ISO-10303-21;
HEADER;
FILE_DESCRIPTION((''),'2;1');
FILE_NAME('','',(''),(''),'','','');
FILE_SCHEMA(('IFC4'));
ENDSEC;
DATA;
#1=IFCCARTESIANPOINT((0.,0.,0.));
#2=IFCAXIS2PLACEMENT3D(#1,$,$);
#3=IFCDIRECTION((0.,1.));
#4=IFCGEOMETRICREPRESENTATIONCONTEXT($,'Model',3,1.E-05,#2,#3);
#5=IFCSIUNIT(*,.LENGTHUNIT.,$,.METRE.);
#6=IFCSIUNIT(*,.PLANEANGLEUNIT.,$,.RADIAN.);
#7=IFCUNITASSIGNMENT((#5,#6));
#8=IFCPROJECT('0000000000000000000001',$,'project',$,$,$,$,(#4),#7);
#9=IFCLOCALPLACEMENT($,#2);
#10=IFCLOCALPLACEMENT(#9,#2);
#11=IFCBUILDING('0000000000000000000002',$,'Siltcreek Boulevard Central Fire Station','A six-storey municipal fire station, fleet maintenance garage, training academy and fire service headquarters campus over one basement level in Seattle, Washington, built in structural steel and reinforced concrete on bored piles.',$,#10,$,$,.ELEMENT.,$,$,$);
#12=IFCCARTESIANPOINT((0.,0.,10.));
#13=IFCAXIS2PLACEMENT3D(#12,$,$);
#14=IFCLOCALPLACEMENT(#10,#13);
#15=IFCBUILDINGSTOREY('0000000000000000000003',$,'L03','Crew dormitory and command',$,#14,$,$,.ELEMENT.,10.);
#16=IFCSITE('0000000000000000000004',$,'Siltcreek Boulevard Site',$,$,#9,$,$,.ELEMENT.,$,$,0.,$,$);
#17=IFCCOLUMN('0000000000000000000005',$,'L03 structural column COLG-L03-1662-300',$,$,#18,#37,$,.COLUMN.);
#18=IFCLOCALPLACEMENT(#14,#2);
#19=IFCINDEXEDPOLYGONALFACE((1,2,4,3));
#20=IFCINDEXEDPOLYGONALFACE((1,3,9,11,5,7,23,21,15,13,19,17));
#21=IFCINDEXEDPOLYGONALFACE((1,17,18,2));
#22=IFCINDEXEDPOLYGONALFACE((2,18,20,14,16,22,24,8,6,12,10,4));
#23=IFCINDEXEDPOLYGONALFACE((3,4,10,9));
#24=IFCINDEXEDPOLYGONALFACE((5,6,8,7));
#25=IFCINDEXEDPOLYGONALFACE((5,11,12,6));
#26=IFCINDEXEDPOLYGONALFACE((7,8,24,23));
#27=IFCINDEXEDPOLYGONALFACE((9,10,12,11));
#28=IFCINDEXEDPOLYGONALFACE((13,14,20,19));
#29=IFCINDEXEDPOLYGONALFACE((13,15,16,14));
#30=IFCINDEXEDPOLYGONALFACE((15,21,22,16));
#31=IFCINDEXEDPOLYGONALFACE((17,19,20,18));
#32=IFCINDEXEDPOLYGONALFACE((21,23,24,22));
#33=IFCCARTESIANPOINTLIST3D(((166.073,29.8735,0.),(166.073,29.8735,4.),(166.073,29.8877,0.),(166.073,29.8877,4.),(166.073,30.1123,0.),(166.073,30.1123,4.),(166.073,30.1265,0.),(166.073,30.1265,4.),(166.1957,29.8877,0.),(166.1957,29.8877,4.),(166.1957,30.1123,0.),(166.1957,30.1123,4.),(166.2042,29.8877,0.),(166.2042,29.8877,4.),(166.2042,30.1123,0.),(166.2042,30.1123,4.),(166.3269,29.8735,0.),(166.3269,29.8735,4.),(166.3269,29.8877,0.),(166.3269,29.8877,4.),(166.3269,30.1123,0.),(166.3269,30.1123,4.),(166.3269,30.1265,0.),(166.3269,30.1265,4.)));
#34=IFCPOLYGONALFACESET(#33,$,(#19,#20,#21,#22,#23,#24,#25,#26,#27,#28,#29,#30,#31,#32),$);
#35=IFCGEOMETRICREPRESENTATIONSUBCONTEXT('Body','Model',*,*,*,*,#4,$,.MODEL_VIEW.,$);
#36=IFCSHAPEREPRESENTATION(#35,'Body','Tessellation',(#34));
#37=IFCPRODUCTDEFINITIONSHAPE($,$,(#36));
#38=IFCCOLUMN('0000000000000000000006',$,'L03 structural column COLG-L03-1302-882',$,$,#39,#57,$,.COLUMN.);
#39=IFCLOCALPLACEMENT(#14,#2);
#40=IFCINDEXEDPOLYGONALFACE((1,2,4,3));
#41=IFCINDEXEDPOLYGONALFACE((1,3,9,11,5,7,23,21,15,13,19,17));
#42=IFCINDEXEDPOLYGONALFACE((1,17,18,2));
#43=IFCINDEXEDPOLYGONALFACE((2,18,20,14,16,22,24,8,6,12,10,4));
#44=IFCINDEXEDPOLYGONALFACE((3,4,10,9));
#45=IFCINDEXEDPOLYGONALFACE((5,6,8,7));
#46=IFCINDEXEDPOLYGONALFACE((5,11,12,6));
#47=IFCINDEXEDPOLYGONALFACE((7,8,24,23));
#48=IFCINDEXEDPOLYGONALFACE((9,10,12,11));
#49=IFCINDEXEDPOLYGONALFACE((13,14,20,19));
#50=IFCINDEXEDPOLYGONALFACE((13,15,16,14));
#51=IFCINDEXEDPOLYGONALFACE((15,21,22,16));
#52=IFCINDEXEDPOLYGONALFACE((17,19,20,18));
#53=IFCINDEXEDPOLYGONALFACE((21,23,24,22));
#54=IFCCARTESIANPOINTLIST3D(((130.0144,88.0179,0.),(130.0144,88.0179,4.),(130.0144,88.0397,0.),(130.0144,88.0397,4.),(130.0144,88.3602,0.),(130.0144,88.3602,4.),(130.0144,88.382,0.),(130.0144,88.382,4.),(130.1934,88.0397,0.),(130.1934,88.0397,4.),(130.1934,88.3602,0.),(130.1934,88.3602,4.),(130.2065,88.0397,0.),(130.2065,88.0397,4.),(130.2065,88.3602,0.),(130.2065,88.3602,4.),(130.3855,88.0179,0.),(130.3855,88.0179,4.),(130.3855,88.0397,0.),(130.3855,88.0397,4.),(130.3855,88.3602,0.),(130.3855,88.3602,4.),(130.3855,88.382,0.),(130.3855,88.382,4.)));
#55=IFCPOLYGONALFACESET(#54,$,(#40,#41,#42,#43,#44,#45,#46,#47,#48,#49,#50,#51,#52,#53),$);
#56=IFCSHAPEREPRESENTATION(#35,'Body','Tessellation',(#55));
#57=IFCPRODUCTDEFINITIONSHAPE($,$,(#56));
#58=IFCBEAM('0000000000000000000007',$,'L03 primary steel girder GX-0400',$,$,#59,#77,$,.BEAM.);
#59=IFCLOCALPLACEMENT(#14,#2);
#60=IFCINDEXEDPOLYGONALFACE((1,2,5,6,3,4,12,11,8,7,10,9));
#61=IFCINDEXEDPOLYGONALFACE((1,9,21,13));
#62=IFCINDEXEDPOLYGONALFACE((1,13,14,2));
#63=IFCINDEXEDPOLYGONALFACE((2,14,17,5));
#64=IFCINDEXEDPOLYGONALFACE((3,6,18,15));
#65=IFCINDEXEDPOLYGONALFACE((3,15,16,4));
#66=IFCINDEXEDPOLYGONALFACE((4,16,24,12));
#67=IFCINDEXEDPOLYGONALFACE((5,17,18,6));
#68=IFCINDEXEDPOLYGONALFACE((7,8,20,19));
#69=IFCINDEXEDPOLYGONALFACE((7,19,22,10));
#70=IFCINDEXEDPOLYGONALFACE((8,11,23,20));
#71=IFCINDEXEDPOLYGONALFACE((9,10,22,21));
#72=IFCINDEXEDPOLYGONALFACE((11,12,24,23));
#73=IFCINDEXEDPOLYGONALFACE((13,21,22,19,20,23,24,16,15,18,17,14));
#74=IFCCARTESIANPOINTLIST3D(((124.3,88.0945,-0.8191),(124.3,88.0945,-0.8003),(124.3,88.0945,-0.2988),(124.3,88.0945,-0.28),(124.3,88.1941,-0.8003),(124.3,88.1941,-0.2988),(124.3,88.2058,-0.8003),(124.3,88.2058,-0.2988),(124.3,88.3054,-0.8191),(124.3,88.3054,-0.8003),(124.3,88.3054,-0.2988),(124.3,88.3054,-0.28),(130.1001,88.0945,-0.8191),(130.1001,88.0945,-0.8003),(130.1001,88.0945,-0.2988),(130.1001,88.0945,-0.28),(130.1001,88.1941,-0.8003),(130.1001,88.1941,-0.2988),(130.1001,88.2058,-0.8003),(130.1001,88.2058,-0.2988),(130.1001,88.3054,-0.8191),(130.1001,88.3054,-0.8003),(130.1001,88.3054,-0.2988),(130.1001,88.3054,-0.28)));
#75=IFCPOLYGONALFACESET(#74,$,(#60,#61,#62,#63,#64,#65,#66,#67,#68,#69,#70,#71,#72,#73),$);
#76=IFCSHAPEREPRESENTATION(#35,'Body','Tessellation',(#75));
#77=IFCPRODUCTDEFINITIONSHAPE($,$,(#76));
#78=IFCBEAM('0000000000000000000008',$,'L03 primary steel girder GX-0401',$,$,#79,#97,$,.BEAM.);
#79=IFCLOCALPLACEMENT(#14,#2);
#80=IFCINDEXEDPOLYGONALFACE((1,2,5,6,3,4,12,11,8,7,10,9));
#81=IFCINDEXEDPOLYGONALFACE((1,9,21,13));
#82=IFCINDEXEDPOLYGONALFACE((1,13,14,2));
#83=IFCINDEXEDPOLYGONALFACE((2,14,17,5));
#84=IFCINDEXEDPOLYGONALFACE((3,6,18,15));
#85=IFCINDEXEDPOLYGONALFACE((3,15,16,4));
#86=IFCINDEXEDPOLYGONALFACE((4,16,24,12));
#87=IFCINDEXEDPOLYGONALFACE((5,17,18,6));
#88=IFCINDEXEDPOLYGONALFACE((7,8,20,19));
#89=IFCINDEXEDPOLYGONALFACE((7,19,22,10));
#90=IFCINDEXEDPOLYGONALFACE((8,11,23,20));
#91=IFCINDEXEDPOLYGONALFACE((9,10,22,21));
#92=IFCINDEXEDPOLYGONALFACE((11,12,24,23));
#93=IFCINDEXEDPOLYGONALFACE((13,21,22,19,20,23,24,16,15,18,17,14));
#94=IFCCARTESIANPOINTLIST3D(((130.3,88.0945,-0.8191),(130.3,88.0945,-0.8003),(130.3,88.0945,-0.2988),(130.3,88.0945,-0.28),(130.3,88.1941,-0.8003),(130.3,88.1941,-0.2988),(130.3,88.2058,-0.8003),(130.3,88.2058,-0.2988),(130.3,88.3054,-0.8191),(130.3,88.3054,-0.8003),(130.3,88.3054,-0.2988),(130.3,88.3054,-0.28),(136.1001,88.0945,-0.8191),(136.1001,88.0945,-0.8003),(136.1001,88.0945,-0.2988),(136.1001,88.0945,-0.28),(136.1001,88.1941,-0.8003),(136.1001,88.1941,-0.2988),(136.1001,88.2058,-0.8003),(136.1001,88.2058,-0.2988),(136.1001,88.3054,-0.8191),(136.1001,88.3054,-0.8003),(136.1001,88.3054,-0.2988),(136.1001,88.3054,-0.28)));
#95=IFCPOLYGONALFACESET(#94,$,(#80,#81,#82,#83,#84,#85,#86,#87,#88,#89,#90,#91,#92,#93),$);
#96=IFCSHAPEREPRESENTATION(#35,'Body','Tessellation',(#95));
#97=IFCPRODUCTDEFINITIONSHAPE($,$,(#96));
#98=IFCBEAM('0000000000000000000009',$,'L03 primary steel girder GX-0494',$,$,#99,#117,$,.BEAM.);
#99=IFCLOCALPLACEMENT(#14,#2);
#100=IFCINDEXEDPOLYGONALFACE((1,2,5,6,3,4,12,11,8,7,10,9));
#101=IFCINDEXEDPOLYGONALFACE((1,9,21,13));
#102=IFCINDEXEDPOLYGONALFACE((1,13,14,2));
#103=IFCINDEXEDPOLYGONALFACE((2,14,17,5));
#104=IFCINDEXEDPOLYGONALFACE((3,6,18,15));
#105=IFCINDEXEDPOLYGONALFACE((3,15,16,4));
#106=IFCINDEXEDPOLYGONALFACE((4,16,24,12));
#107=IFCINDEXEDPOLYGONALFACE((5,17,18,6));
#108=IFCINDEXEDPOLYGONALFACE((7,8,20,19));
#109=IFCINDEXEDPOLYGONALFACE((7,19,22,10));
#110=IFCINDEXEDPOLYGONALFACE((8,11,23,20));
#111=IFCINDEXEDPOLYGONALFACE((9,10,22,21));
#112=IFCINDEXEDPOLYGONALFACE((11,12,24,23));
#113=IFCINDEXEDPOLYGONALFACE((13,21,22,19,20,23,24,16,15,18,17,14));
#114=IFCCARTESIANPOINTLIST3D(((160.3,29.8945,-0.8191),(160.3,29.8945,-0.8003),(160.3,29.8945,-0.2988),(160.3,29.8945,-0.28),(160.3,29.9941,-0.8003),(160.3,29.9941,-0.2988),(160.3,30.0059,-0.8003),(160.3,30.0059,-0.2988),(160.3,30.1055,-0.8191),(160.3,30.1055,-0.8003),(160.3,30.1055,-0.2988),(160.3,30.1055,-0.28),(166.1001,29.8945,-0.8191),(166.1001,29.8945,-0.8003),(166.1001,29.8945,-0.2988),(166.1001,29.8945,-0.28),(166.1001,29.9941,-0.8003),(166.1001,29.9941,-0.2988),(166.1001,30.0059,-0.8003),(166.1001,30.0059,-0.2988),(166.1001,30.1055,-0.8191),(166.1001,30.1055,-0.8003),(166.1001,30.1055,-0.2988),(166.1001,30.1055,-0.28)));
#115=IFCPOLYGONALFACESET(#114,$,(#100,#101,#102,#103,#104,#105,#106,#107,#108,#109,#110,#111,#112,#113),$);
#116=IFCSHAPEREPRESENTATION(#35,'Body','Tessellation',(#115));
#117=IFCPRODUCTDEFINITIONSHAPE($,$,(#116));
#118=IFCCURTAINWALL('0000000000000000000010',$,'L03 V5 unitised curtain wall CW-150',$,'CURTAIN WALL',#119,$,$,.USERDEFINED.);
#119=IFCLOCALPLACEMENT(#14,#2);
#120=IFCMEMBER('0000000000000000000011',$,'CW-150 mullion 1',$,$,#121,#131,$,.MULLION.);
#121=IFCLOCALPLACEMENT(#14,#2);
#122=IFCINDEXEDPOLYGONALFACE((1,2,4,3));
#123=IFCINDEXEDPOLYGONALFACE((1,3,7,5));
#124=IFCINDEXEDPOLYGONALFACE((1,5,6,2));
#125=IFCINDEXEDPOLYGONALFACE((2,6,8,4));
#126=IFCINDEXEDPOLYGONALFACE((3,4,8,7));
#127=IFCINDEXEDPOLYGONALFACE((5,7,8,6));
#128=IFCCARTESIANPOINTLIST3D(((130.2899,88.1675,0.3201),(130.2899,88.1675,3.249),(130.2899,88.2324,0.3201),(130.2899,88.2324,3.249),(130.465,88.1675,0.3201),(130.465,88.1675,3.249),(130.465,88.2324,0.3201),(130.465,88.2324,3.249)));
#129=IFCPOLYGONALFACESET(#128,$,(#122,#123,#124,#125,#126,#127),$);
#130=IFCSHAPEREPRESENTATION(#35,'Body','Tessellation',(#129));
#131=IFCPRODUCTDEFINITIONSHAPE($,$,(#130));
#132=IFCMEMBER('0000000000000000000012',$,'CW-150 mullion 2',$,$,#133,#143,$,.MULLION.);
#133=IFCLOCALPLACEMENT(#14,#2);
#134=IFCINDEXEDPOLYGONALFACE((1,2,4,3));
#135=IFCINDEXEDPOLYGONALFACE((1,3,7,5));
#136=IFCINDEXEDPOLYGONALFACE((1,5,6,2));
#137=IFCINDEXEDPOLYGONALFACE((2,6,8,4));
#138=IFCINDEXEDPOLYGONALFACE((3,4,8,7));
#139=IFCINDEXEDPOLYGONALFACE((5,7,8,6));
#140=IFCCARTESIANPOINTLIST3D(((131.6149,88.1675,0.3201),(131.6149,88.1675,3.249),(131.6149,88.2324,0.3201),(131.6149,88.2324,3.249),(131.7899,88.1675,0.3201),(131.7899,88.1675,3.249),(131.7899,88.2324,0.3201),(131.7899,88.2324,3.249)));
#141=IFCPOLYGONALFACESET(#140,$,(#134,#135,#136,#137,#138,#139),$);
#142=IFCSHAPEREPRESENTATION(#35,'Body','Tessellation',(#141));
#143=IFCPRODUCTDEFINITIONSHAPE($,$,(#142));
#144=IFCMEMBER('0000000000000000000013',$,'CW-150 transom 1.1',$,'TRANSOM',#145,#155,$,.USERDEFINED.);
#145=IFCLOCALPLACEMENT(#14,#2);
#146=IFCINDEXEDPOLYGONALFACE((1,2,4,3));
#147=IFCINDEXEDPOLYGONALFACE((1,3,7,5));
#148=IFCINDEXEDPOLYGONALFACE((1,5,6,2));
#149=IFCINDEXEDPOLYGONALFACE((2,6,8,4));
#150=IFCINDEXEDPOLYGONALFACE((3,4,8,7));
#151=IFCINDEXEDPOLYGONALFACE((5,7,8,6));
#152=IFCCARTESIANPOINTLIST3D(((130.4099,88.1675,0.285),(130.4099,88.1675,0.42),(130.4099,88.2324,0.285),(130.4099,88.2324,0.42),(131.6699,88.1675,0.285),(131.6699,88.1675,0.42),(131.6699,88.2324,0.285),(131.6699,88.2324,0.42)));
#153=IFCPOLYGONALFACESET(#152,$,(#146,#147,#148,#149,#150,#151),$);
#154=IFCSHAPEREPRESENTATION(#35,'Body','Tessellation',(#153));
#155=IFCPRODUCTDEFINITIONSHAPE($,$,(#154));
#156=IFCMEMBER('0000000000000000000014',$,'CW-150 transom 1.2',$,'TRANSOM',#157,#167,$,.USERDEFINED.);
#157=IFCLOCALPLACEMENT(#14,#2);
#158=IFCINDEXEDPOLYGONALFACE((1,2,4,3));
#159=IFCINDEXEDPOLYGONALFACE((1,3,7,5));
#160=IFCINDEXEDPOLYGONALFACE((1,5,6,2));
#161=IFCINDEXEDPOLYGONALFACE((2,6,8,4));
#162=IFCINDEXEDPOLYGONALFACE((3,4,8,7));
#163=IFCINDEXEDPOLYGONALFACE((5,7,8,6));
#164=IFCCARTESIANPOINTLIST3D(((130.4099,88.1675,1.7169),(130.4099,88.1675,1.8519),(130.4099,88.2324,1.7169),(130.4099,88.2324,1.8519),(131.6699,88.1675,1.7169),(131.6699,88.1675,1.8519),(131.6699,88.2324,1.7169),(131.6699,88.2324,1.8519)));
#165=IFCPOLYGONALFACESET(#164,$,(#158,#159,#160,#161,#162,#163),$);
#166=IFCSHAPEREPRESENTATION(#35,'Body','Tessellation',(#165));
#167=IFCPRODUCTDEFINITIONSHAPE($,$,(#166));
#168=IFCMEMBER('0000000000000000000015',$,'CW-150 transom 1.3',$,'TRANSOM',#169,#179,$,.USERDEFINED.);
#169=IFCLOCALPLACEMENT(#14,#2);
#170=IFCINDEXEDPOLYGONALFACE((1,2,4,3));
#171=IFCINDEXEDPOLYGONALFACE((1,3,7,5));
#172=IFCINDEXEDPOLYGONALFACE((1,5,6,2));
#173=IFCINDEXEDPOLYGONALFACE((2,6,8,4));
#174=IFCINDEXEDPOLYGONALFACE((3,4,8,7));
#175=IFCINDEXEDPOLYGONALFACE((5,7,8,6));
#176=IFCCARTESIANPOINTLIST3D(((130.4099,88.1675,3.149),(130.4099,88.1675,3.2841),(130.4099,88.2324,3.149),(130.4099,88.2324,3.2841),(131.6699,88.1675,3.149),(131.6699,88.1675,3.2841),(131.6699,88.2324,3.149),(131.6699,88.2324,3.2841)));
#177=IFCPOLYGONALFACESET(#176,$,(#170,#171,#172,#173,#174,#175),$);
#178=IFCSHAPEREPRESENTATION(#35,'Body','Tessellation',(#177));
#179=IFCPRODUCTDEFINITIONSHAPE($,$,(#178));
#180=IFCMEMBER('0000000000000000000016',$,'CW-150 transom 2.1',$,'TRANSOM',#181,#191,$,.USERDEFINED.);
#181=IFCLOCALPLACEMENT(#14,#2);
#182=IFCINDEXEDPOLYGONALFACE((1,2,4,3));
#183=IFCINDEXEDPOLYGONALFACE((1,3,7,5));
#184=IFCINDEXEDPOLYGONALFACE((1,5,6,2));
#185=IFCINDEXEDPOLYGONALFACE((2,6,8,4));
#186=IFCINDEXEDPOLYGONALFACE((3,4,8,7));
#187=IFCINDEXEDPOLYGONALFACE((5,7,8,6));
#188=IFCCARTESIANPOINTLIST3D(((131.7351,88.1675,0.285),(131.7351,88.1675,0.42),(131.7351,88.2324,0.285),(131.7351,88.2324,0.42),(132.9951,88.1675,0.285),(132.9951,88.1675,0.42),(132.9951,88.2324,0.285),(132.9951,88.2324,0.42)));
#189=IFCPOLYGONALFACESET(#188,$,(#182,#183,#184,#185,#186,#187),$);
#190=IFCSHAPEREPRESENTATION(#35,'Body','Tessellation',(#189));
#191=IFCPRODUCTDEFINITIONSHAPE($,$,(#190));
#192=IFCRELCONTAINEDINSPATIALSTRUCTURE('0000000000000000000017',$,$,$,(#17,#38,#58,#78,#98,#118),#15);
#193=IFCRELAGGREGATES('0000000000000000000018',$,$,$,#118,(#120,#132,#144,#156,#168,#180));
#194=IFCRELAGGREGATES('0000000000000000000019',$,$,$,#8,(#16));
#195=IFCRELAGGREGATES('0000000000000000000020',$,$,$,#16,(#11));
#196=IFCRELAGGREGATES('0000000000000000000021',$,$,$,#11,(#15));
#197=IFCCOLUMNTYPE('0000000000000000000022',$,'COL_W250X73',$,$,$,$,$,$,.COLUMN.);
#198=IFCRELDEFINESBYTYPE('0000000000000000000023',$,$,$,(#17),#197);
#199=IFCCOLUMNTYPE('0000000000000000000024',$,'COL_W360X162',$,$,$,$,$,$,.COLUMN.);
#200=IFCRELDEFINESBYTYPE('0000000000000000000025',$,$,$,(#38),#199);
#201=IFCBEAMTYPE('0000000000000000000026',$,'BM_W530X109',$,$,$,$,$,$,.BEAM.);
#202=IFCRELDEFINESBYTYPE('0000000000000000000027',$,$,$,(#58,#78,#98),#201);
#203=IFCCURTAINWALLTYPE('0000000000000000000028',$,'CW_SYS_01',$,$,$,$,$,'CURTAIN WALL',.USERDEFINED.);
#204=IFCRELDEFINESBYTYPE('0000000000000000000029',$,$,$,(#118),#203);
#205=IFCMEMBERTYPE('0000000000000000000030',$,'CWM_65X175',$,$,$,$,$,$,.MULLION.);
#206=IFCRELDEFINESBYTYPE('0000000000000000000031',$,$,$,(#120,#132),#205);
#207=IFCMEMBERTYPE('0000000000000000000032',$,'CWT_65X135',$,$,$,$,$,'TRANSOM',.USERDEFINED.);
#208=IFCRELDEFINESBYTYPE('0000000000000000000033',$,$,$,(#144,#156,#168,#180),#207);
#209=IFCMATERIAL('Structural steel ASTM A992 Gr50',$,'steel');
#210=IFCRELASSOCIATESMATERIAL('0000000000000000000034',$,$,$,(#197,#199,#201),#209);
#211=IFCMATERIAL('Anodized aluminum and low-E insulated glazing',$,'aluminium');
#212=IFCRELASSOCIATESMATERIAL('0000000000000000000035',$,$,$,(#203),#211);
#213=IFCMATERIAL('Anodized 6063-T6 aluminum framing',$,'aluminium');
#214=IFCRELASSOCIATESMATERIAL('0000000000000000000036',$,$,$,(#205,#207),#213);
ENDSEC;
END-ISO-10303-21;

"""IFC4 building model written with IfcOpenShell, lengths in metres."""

from ifc_helpers import new_model, si_unit, direction, frame, origin, origin_2d, place, context, subcontext, project, spatial, rectangle, i_section, extrude, material, material_profile, profile_set, type_object, element, aggregate, save


model = new_model("IFC4")

# Units and contexts
model_context = context("Model", 3, precision=1e-05, world=origin(), true_north=direction((0.0, 1.0)))
body_context = subcontext(model_context, "Body", "Model", "MODEL_VIEW")
ifc_project = project(units=[si_unit("LENGTHUNIT", "METRE"), si_unit("PLANEANGLEUNIT", "RADIAN")], contexts=[model_context])

# Site, building, storey
site_placement = place(None, origin())
site = spatial("IfcSite", under=ifc_project, at=site_placement, Name="Siltcreek Boulevard Site", CompositionType="ELEMENT", RefElevation=0.0)
building_placement = place(site_placement, origin())
building = spatial("IfcBuilding", under=site, at=building_placement, Name="Siltcreek Boulevard Central Fire Station", Description="A six-storey municipal fire station, fleet maintenance garage, training academy and fire service headquarters campus over one basement level in Seattle, Washington, built in structural steel and reinforced concrete on bored piles.", CompositionType="ELEMENT")
storey_placement = place(building_placement, frame((0.0, 0.0, 10.0)))
storey = spatial("IfcBuildingStorey", under=building, at=storey_placement, Name="L03", Description="Crew dormitory and command", CompositionType="ELEMENT", Elevation=10.0)

# Columns
ifc_material_1 = material(Name="Structural steel ASTM A992 Gr50", Category="steel")
ifc_material_profile_1 = material_profile(ifc_material_1, i_section(OverallWidth=0.2539, OverallDepth=0.2529, WebThickness=0.0085, FlangeThickness=0.0142, at=origin_2d()), Name="W250X73")
ifc_profile_set_1 = profile_set([ifc_material_profile_1], Name="Structural steel ASTM A992 Gr50")
column_type_1 = type_object("IfcColumnType", Name="COL_W250X73", PredefinedType="COLUMN", material=ifc_profile_set_1)
column_1_placement = place(storey_placement, frame((166.2, 30.0, 0.0), z_axis=(0.0, 0.0, 1.0), x_axis=(1.0, 0.0, 0.0)))
element("IfcColumn", 1, at=column_1_placement, inside=storey, type_object=column_type_1, Name="L03 structural column COLG-L03-1662-300", PredefinedType="COLUMN", context=body_context, shape_type="SweptSolid", body=[
    extrude(i_section(OverallWidth=0.2539, OverallDepth=0.2529, WebThickness=0.0085, FlangeThickness=0.0142, at=origin_2d()), origin(), (0.0, 0.0, 1.0), 4.0),
])
ifc_material_profile_2 = material_profile(ifc_material_1, i_section(OverallWidth=0.3711, OverallDepth=0.364, WebThickness=0.0132, FlangeThickness=0.0217, at=origin_2d()), Name="W360X162")
ifc_profile_set_2 = profile_set([ifc_material_profile_2], Name="Structural steel ASTM A992 Gr50")
column_type_2 = type_object("IfcColumnType", Name="COL_W360X162", PredefinedType="COLUMN", material=ifc_profile_set_2)
column_2_placement = place(storey_placement, frame((130.2, 88.2, 0.0), z_axis=(0.0, 0.0, 1.0), x_axis=(1.0, 0.0, 0.0)))
element("IfcColumn", 2, at=column_2_placement, inside=storey, type_object=column_type_2, Name="L03 structural column COLG-L03-1302-882", PredefinedType="COLUMN", context=body_context, shape_type="SweptSolid", body=[
    extrude(i_section(OverallWidth=0.3711, OverallDepth=0.364, WebThickness=0.0132, FlangeThickness=0.0217, at=origin_2d()), origin(), (0.0, 0.0, 1.0), 4.0),
])

# Beams
ifc_material_profile_3 = material_profile(ifc_material_1, i_section(OverallWidth=0.2109, OverallDepth=0.5391, WebThickness=0.0117, FlangeThickness=0.0188, at=origin_2d()), Name="W530X109")
ifc_profile_set_3 = profile_set([ifc_material_profile_3], Name="Structural steel ASTM A992 Gr50")
beam_type = type_object("IfcBeamType", Name="BM_W530X109", PredefinedType="BEAM", material=ifc_profile_set_3)
for number, where, z_axis, x_axis, name in (
    (3, (124.3, 88.2, -0.5496), (1.0, 0.0, 0.0), (0.0, 1.0, 0.0), "L03 primary steel girder GX-0400"),
    (4, (130.3, 88.2, -0.5496), (1.0, 0.0, 0.0), (0.0, 1.0, 0.0), "L03 primary steel girder GX-0401"),
    (5, (160.3, 30.0, -0.5496), (1.0, 0.0, 0.0), (0.0, 1.0, 0.0), "L03 primary steel girder GX-0494"),
):
    element("IfcBeam", number, at=place(storey_placement, frame(where, z_axis=z_axis, x_axis=x_axis)), inside=storey, type_object=beam_type, Name=name, PredefinedType="BEAM", context=body_context, shape_type="SweptSolid", body=[
        extrude(i_section(OverallWidth=0.2109, OverallDepth=0.5391, WebThickness=0.0117, FlangeThickness=0.0188, at=origin_2d()), origin(), (0.0, 0.0, 1.0), 5.8),
    ])

# Curtain wall, members
ifc_material_2 = material(Name="Anodized aluminum and low-E insulated glazing", Category="aluminium")
curtain_wall_type = type_object("IfcCurtainWallType", Name="CW_SYS_01", ElementType="CURTAIN WALL", PredefinedType="USERDEFINED", material=ifc_material_2)
curtain_wall_placement = place(storey_placement, origin())
curtain_wall = element("IfcCurtainWall", 6, at=curtain_wall_placement, inside=storey, type_object=curtain_wall_type, Name="L03 V5 unitised curtain wall CW-150", ObjectType="CURTAIN WALL", PredefinedType="USERDEFINED")
ifc_material_3 = material(Name="Anodized 6063-T6 aluminum framing", Category="aluminium")
ifc_material_profile_4 = material_profile(ifc_material_3, rectangle(XDim=0.0649, YDim=0.175, at=origin_2d()), Name="MULL65X175")
ifc_profile_set_4 = profile_set([ifc_material_profile_4], Name="Anodized 6063-T6 aluminum framing")
member_type_1 = type_object("IfcMemberType", Name="CWM_65X175", PredefinedType="MULLION", material=ifc_profile_set_4)
member_1_placement = place(storey_placement, frame((130.3774, 88.2, 0.3201), z_axis=(0.0, 0.0, 1.0), x_axis=(0.0, 1.0, 0.0)))
member_1 = element("IfcMember", 7, at=member_1_placement, type_object=member_type_1, Name="CW-150 mullion 1", PredefinedType="MULLION", context=body_context, shape_type="SweptSolid", body=[
    extrude(rectangle(XDim=0.0649, YDim=0.175, at=origin_2d()), origin(), (0.0, 0.0, 1.0), 2.929),
])
member_2_placement = place(storey_placement, frame((131.7024, 88.2, 0.3201), z_axis=(0.0, 0.0, 1.0), x_axis=(0.0, 1.0, 0.0)))
member_2 = element("IfcMember", 8, at=member_2_placement, type_object=member_type_1, Name="CW-150 mullion 2", PredefinedType="MULLION", context=body_context, shape_type="SweptSolid", body=[
    extrude(rectangle(XDim=0.0649, YDim=0.175, at=origin_2d()), origin(), (0.0, 0.0, 1.0), 2.929),
])
ifc_material_profile_5 = material_profile(ifc_material_3, rectangle(XDim=0.0649, YDim=0.135, at=origin_2d()), Name="TRAN65X135")
ifc_profile_set_5 = profile_set([ifc_material_profile_5], Name="Anodized 6063-T6 aluminum framing")
member_type_2 = type_object("IfcMemberType", Name="CWT_65X135", ElementType="TRANSOM", PredefinedType="USERDEFINED", material=ifc_profile_set_5)
member_3_placement = place(storey_placement, frame((130.4099, 88.2, 0.3525), z_axis=(1.0, 0.0, 0.0), x_axis=(0.0, 1.0, 0.0)))
member_3 = element("IfcMember", 9, at=member_3_placement, type_object=member_type_2, Name="CW-150 transom 1.1", ObjectType="TRANSOM", PredefinedType="USERDEFINED", context=body_context, shape_type="SweptSolid", body=[
    extrude(rectangle(XDim=0.0649, YDim=0.135, at=origin_2d()), origin(), (0.0, 0.0, 1.0), 1.26),
])
member_4_placement = place(storey_placement, frame((130.4099, 88.2, 1.7844), z_axis=(1.0, 0.0, 0.0), x_axis=(0.0, 1.0, 0.0)))
member_4 = element("IfcMember", 10, at=member_4_placement, type_object=member_type_2, Name="CW-150 transom 1.2", ObjectType="TRANSOM", PredefinedType="USERDEFINED", context=body_context, shape_type="SweptSolid", body=[
    extrude(rectangle(XDim=0.0649, YDim=0.135, at=origin_2d()), origin(), (0.0, 0.0, 1.0), 1.26),
])
member_5_placement = place(storey_placement, frame((130.4099, 88.2, 3.2166), z_axis=(1.0, 0.0, 0.0), x_axis=(0.0, 1.0, 0.0)))
member_5 = element("IfcMember", 11, at=member_5_placement, type_object=member_type_2, Name="CW-150 transom 1.3", ObjectType="TRANSOM", PredefinedType="USERDEFINED", context=body_context, shape_type="SweptSolid", body=[
    extrude(rectangle(XDim=0.0649, YDim=0.135, at=origin_2d()), origin(), (0.0, 0.0, 1.0), 1.26),
])
member_6_placement = place(storey_placement, frame((131.7351, 88.2, 0.3525), z_axis=(1.0, 0.0, 0.0), x_axis=(0.0, 1.0, 0.0)))
member_6 = element("IfcMember", 12, at=member_6_placement, type_object=member_type_2, Name="CW-150 transom 2.1", ObjectType="TRANSOM", PredefinedType="USERDEFINED", context=body_context, shape_type="SweptSolid", body=[
    extrude(rectangle(XDim=0.0649, YDim=0.135, at=origin_2d()), origin(), (0.0, 0.0, 1.0), 1.26),
])
aggregate(curtain_wall, [member_1, member_2, member_3, member_4, member_5, member_6])

save(model, "model.ifc")
